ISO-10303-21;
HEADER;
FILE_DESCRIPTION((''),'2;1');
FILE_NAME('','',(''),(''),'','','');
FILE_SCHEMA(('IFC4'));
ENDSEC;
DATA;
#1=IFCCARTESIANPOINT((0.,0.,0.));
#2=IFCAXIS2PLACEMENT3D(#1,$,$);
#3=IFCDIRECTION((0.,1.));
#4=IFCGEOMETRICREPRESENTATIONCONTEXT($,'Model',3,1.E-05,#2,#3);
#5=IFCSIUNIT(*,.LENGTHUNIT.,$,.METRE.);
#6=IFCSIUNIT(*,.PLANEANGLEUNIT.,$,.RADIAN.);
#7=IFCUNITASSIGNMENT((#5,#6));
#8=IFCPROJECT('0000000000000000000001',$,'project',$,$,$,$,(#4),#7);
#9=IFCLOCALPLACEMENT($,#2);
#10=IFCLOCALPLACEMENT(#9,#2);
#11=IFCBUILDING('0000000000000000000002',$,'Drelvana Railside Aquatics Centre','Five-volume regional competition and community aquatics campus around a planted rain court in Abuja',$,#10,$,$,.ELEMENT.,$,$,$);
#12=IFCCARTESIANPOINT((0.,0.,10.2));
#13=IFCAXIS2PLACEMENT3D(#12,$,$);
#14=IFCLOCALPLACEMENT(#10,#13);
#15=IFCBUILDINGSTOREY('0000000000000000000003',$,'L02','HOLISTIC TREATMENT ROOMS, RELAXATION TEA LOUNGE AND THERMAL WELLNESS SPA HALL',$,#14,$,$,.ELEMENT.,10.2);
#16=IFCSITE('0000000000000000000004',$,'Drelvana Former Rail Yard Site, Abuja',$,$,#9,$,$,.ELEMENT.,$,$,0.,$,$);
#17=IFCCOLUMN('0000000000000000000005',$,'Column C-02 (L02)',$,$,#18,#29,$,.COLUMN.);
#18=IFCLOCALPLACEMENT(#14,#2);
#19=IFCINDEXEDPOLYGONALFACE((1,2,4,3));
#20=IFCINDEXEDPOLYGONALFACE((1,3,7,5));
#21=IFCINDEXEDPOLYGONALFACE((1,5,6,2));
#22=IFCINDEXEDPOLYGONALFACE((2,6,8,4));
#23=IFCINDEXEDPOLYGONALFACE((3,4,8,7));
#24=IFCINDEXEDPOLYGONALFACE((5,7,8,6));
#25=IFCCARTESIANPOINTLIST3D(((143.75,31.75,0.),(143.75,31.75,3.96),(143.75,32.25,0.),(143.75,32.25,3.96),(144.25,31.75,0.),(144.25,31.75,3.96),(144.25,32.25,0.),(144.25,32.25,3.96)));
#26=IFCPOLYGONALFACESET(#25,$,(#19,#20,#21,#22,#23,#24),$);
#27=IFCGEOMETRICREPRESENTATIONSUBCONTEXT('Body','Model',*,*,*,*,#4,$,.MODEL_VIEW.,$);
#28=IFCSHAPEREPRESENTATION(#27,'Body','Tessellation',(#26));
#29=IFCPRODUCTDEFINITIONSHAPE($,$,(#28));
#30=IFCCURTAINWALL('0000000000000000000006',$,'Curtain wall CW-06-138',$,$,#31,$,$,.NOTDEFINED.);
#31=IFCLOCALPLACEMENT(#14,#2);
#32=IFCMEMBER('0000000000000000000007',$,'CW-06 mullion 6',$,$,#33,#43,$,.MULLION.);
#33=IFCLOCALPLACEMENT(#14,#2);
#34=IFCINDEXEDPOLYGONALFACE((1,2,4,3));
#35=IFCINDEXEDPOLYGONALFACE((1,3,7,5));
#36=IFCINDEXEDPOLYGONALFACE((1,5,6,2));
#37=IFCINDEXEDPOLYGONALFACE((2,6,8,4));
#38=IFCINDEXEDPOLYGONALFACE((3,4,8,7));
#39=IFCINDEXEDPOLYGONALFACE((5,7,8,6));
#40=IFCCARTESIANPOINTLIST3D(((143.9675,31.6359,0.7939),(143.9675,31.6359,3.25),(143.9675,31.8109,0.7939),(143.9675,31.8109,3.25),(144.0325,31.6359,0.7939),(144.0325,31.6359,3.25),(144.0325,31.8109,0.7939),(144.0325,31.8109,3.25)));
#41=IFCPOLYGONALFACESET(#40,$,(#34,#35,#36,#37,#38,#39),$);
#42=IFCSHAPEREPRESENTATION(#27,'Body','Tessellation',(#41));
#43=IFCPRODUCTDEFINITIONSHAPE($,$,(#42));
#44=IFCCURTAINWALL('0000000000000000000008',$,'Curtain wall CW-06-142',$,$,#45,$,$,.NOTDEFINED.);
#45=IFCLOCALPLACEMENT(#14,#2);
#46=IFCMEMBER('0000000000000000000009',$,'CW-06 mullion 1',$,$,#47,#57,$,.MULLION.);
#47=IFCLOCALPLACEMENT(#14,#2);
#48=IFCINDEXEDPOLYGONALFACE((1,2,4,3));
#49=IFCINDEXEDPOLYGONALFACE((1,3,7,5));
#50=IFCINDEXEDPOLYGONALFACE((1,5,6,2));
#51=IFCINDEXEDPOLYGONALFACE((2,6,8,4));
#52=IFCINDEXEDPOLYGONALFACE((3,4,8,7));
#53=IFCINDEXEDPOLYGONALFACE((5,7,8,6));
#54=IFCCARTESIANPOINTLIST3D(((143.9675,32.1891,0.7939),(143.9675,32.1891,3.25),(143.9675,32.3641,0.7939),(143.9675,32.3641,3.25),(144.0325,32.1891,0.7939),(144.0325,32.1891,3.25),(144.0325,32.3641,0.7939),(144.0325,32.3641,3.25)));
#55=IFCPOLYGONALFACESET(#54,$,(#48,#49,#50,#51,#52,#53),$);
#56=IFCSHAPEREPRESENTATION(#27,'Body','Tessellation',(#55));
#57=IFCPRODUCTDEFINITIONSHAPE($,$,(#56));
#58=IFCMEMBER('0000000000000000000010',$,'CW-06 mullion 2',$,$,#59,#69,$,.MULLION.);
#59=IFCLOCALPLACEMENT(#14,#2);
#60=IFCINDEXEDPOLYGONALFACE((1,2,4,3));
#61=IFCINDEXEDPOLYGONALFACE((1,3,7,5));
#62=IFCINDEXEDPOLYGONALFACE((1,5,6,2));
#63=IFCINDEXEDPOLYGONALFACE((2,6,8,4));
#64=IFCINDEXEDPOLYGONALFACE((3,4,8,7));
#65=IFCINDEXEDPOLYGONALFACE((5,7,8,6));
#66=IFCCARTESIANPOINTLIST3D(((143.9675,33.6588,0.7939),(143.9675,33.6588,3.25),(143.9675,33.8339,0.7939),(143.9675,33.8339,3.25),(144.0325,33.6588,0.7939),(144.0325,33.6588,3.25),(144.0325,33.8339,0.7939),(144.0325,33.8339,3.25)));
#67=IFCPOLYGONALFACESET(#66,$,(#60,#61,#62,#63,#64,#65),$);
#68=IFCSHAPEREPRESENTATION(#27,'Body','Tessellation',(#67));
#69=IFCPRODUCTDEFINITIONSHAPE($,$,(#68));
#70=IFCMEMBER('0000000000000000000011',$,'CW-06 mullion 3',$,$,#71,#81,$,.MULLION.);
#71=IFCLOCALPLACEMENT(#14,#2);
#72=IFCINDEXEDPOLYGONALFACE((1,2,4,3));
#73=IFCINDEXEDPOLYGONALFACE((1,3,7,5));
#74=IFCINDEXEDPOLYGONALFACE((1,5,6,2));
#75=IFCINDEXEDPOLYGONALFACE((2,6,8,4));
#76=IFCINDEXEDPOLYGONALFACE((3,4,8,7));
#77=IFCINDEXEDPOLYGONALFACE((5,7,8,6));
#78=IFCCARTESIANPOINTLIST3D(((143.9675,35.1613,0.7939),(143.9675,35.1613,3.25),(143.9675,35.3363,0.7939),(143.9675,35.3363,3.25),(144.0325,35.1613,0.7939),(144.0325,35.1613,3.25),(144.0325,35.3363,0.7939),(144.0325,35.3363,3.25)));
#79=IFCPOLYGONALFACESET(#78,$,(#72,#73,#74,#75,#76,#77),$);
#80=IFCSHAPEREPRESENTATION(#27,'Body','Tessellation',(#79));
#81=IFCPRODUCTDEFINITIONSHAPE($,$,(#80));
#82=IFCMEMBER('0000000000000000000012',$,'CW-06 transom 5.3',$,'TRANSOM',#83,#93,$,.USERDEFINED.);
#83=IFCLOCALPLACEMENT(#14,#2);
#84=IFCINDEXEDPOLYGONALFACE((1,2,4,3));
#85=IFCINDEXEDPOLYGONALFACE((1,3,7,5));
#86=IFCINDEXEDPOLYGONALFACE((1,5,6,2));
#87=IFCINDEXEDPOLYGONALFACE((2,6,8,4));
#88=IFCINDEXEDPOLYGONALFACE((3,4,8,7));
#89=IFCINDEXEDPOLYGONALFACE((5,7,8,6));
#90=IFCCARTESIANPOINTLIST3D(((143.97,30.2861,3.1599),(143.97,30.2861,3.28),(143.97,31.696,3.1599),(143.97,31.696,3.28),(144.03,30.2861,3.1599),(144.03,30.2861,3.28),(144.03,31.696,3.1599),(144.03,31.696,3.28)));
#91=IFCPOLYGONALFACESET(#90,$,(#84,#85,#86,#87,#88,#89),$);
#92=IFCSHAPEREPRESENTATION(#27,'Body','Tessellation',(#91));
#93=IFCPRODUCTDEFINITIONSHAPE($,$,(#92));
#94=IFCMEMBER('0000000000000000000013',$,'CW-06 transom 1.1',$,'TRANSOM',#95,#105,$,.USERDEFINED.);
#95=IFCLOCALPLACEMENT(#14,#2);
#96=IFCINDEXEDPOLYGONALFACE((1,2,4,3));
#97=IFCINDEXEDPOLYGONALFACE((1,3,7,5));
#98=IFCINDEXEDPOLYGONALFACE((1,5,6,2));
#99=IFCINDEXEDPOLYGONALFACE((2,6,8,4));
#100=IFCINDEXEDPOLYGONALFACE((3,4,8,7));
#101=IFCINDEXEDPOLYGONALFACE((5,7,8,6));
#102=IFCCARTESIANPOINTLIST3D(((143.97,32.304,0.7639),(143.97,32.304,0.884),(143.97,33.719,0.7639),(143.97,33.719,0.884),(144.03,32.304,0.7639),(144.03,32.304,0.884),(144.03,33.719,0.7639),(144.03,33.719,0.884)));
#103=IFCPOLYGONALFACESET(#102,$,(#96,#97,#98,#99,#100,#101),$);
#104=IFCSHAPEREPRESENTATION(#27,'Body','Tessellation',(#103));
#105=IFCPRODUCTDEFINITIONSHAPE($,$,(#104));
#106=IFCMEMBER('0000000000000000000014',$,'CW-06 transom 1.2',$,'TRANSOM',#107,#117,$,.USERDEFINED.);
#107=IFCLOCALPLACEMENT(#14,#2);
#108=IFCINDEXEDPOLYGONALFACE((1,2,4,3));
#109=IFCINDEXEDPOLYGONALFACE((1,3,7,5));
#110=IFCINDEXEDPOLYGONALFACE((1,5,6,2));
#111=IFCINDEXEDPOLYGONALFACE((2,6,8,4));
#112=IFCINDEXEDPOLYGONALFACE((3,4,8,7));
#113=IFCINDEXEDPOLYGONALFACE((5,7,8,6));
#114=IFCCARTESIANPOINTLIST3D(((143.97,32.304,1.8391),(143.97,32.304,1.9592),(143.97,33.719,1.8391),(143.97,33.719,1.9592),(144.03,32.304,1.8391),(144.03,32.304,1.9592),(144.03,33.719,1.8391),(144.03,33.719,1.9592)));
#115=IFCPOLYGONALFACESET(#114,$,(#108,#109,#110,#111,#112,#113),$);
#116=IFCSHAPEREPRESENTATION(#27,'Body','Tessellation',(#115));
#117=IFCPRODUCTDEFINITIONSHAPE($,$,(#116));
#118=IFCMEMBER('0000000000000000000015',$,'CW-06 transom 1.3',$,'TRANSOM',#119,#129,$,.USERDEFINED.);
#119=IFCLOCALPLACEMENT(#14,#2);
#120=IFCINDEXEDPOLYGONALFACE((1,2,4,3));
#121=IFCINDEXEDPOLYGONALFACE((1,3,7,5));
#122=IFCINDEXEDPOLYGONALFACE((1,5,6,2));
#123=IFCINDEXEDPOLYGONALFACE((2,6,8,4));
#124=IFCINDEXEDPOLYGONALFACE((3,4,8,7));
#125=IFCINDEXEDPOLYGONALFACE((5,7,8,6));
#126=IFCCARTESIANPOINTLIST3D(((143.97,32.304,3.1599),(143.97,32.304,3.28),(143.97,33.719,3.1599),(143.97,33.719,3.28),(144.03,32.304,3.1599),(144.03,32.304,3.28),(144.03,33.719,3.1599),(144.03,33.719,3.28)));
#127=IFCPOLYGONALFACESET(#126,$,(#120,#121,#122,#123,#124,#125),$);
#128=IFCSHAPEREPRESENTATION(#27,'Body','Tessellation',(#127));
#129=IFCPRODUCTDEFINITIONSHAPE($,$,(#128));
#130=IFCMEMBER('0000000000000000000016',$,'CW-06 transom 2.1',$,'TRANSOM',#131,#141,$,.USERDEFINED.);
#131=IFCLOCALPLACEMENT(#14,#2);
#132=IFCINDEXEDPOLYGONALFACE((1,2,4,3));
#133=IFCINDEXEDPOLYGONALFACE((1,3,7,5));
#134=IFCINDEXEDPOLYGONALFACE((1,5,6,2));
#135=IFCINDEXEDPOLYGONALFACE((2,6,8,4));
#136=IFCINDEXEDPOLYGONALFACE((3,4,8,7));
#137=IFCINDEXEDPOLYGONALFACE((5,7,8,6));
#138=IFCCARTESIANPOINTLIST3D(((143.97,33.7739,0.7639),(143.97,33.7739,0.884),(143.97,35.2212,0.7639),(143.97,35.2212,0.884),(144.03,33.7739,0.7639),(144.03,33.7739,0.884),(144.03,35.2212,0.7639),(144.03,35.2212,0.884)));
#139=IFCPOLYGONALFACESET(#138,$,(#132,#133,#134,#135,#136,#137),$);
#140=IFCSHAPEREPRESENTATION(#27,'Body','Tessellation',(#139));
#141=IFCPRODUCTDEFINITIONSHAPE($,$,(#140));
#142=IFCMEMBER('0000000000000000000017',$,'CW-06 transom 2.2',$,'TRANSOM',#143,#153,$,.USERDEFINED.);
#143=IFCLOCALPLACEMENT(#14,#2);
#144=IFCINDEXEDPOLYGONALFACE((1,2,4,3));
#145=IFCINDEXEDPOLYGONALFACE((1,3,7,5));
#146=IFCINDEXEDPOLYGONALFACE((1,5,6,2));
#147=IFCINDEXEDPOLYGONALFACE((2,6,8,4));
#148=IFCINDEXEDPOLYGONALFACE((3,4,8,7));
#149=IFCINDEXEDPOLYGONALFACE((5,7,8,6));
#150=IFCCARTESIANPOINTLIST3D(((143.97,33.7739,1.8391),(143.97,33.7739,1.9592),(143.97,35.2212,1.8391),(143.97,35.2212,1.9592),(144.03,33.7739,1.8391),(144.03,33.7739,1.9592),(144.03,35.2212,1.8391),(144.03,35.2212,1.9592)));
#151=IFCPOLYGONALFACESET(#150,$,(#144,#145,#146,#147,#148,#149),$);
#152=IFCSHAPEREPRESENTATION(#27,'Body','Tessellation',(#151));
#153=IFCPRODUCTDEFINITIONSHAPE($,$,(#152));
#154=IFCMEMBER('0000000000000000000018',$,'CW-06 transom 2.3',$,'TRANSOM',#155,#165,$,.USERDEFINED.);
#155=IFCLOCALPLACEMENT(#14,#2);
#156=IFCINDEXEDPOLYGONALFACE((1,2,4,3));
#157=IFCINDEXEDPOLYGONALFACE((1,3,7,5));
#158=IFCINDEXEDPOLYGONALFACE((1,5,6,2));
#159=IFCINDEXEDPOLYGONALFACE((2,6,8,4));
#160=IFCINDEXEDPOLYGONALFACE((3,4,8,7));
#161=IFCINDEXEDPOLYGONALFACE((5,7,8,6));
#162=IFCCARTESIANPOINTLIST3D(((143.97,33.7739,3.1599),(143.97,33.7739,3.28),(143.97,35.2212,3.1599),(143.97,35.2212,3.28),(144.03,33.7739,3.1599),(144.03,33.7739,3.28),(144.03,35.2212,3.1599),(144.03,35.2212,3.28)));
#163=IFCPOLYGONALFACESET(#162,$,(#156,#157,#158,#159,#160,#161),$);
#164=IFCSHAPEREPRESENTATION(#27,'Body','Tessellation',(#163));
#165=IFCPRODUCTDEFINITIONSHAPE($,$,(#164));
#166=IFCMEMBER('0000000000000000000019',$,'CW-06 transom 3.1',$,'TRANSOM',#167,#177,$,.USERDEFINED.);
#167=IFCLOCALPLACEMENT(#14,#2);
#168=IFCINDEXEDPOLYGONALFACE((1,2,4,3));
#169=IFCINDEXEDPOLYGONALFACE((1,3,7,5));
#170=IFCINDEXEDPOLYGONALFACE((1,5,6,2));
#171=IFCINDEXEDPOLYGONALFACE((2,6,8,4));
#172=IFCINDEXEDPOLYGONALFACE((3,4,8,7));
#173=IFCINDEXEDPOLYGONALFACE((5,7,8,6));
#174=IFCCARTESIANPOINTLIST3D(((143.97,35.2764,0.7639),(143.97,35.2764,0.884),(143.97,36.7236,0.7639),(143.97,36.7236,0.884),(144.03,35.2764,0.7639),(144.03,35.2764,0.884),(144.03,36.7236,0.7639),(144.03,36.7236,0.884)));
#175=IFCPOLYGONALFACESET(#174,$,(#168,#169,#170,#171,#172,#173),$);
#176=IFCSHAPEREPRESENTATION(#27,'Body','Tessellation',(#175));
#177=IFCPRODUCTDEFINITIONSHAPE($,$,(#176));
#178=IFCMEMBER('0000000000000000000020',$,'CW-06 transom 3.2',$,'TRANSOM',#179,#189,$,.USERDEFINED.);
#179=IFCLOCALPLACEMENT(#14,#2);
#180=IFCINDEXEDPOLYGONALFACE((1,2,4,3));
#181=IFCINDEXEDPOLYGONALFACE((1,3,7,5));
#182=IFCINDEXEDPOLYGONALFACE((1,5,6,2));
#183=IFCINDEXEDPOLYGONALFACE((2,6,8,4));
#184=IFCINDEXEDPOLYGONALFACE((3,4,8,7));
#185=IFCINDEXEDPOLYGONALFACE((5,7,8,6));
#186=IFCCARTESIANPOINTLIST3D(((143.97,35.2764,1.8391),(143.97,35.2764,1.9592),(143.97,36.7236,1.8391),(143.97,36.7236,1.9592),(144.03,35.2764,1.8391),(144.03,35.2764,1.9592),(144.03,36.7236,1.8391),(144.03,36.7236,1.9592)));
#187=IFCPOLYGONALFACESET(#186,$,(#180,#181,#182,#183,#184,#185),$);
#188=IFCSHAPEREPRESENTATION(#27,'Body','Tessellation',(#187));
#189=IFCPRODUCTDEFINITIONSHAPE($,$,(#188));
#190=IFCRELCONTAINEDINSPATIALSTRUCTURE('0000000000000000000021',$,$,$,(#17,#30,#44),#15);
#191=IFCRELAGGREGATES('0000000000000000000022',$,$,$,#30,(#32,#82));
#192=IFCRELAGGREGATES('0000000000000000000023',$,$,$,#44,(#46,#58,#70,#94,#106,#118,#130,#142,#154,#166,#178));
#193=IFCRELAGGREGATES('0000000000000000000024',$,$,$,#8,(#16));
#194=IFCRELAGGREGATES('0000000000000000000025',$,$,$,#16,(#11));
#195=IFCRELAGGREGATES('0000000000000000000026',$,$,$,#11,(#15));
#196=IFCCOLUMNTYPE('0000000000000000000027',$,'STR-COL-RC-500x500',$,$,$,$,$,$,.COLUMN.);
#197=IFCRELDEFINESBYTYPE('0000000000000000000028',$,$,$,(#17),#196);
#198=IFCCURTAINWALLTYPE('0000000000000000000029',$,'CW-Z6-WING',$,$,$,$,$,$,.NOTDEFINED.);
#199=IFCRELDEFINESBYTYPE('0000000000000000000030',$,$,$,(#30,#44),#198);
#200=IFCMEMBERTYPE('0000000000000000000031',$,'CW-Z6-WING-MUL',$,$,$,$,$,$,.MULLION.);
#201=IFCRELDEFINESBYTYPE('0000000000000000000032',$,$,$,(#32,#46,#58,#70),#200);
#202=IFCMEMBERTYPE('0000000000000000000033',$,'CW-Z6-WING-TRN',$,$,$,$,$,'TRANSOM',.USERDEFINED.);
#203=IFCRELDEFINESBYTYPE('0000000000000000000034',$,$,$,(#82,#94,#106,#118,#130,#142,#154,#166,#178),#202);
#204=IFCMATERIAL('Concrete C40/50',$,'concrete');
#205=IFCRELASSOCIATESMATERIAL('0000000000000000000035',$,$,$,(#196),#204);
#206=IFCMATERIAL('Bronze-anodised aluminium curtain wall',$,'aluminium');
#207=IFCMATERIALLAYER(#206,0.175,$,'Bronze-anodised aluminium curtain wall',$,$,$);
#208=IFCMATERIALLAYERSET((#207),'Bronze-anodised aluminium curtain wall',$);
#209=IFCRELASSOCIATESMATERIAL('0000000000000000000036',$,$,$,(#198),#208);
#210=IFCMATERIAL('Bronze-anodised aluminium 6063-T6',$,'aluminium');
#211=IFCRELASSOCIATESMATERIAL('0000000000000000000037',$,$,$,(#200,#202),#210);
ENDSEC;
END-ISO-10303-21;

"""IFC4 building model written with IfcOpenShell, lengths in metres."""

from ifc_helpers import new_model, si_unit, direction, frame, origin, origin_2d, place, context, subcontext, project, spatial, rectangle, extrude, material, layer, layer_set, material_profile, profile_set, type_object, element, aggregate, save


model = new_model("IFC4")

# Units and contexts
model_context = context("Model", 3, precision=1e-05, world=origin(), true_north=direction((0.0, 1.0)))
body_context = subcontext(model_context, "Body", "Model", "MODEL_VIEW")
ifc_project = project(units=[si_unit("LENGTHUNIT", "METRE"), si_unit("PLANEANGLEUNIT", "RADIAN")], contexts=[model_context])

# Site, building, storey
site_placement = place(None, origin())
site = spatial("IfcSite", under=ifc_project, at=site_placement, Name="Drelvana Former Rail Yard Site, Abuja", CompositionType="ELEMENT", RefElevation=0.0)
building_placement = place(site_placement, origin())
building = spatial("IfcBuilding", under=site, at=building_placement, Name="Drelvana Railside Aquatics Centre", Description="Five-volume regional competition and community aquatics campus around a planted rain court in Abuja", CompositionType="ELEMENT")
storey_placement = place(building_placement, frame((0.0, 0.0, 10.2)))
storey = spatial("IfcBuildingStorey", under=building, at=storey_placement, Name="L02", Description="HOLISTIC TREATMENT ROOMS, RELAXATION TEA LOUNGE AND THERMAL WELLNESS SPA HALL", CompositionType="ELEMENT", Elevation=10.2)

# Column
ifc_material_1 = material(Name="Concrete C40/50", Category="concrete")
ifc_material_profile_1 = material_profile(ifc_material_1, rectangle(XDim=0.5, YDim=0.5, at=origin_2d()), Name="RC 500x500")
ifc_profile_set_1 = profile_set([ifc_material_profile_1], Name="Concrete C40/50")
column_type = type_object("IfcColumnType", Name="STR-COL-RC-500x500", PredefinedType="COLUMN", material=ifc_profile_set_1)
column_placement = place(storey_placement, frame((144.0, 32.0, 0.0), z_axis=(0.0, 0.0, 1.0), x_axis=(1.0, 0.0, 0.0)))
element("IfcColumn", 1, at=column_placement, inside=storey, type_object=column_type, Name="Column C-02 (L02)", PredefinedType="COLUMN", context=body_context, shape_type="SweptSolid", body=[
    extrude(rectangle(XDim=0.5, YDim=0.5, at=origin_2d()), origin(), (0.0, 0.0, 1.0), 3.96),
])

# Curtain wall, member
ifc_material_2 = material(Name="Bronze-anodised aluminium curtain wall", Category="aluminium")
ifc_layer_1 = layer(ifc_material_2, 0.175, Name="Bronze-anodised aluminium curtain wall")
ifc_layer_set_1 = layer_set([ifc_layer_1], Name="Bronze-anodised aluminium curtain wall")
curtain_wall_type = type_object("IfcCurtainWallType", Name="CW-Z6-WING", PredefinedType="NOTDEFINED", material=ifc_layer_set_1)
curtain_wall_1_placement = place(storey_placement, origin())
curtain_wall_1 = element("IfcCurtainWall", 2, at=curtain_wall_1_placement, inside=storey, type_object=curtain_wall_type, Name="Curtain wall CW-06-138", PredefinedType="NOTDEFINED")
ifc_material_3 = material(Name="Bronze-anodised aluminium 6063-T6", Category="aluminium")
ifc_material_profile_2 = material_profile(ifc_material_3, rectangle(XDim=0.0649, YDim=0.175, at=origin_2d()), Name="ALU-M 65x175")
ifc_profile_set_2 = profile_set([ifc_material_profile_2], Name="Bronze-anodised aluminium 6063-T6")
member_type_1 = type_object("IfcMemberType", Name="CW-Z6-WING-MUL", PredefinedType="MULLION", material=ifc_profile_set_2)
member_1_placement = place(storey_placement, frame((144.0, 31.7234, 0.7939), z_axis=(0.0, 0.0, 1.0), x_axis=(-1.0, 0.0, 0.0)))
member_1 = element("IfcMember", 3, at=member_1_placement, type_object=member_type_1, Name="CW-06 mullion 6", PredefinedType="MULLION", context=body_context, shape_type="SweptSolid", body=[
    extrude(rectangle(XDim=0.0649, YDim=0.175, at=origin_2d()), origin(), (0.0, 0.0, 1.0), 2.4561),
])

# Curtain wall, members
curtain_wall_2_placement = place(storey_placement, origin())
curtain_wall_2 = element("IfcCurtainWall", 4, at=curtain_wall_2_placement, inside=storey, type_object=curtain_wall_type, Name="Curtain wall CW-06-142", PredefinedType="NOTDEFINED")
member_2_placement = place(storey_placement, frame((144.0, 32.2766, 0.7939), z_axis=(0.0, 0.0, 1.0), x_axis=(-1.0, 0.0, 0.0)))
member_2 = element("IfcMember", 5, at=member_2_placement, type_object=member_type_1, Name="CW-06 mullion 1", PredefinedType="MULLION", context=body_context, shape_type="SweptSolid", body=[
    extrude(rectangle(XDim=0.0649, YDim=0.175, at=origin_2d()), origin(), (0.0, 0.0, 1.0), 2.4561),
])
member_3_placement = place(storey_placement, frame((144.0, 33.7463, 0.7939), z_axis=(0.0, 0.0, 1.0), x_axis=(-1.0, 0.0, 0.0)))
member_3 = element("IfcMember", 6, at=member_3_placement, type_object=member_type_1, Name="CW-06 mullion 2", PredefinedType="MULLION", context=body_context, shape_type="SweptSolid", body=[
    extrude(rectangle(XDim=0.0649, YDim=0.175, at=origin_2d()), origin(), (0.0, 0.0, 1.0), 2.4561),
])
member_4_placement = place(storey_placement, frame((144.0, 35.2488, 0.7939), z_axis=(0.0, 0.0, 1.0), x_axis=(-1.0, 0.0, 0.0)))
member_4 = element("IfcMember", 7, at=member_4_placement, type_object=member_type_1, Name="CW-06 mullion 3", PredefinedType="MULLION", context=body_context, shape_type="SweptSolid", body=[
    extrude(rectangle(XDim=0.0649, YDim=0.175, at=origin_2d()), origin(), (0.0, 0.0, 1.0), 2.4561),
])

# Members
ifc_material_profile_3 = material_profile(ifc_material_3, rectangle(XDim=0.1201, YDim=0.0601, at=origin_2d()), Name="ALU-T 60x120")
ifc_profile_set_3 = profile_set([ifc_material_profile_3], Name="Bronze-anodised aluminium 6063-T6")
member_type_2 = type_object("IfcMemberType", Name="CW-Z6-WING-TRN", ElementType="TRANSOM", PredefinedType="USERDEFINED", material=ifc_profile_set_3)
member_5_placement = place(storey_placement, frame((144.0, 30.2861, 3.22), z_axis=(0.0, 1.0, 0.0), x_axis=(0.0, 0.0, 1.0)))
member_5 = element("IfcMember", 8, at=member_5_placement, type_object=member_type_2, Name="CW-06 transom 5.3", ObjectType="TRANSOM", PredefinedType="USERDEFINED", context=body_context, shape_type="SweptSolid", body=[
    extrude(rectangle(XDim=0.1201, YDim=0.0601, at=origin_2d()), origin(), (0.0, 0.0, 1.0), 1.4099),
])
member_6_placement = place(storey_placement, frame((144.0, 32.304, 0.824), z_axis=(0.0, 1.0, 0.0), x_axis=(0.0, 0.0, 1.0)))
member_6 = element("IfcMember", 9, at=member_6_placement, type_object=member_type_2, Name="CW-06 transom 1.1", ObjectType="TRANSOM", PredefinedType="USERDEFINED", context=body_context, shape_type="SweptSolid", body=[
    extrude(rectangle(XDim=0.1201, YDim=0.0601, at=origin_2d()), origin(), (0.0, 0.0, 1.0), 1.415),
])
member_7_placement = place(storey_placement, frame((144.0, 32.304, 1.8992), z_axis=(0.0, 1.0, 0.0), x_axis=(0.0, 0.0, 1.0)))
member_7 = element("IfcMember", 10, at=member_7_placement, type_object=member_type_2, Name="CW-06 transom 1.2", ObjectType="TRANSOM", PredefinedType="USERDEFINED", context=body_context, shape_type="SweptSolid", body=[
    extrude(rectangle(XDim=0.1201, YDim=0.0601, at=origin_2d()), origin(), (0.0, 0.0, 1.0), 1.415),
])
member_8_placement = place(storey_placement, frame((144.0, 32.304, 3.22), z_axis=(0.0, 1.0, 0.0), x_axis=(0.0, 0.0, 1.0)))
member_8 = element("IfcMember", 11, at=member_8_placement, type_object=member_type_2, Name="CW-06 transom 1.3", ObjectType="TRANSOM", PredefinedType="USERDEFINED", context=body_context, shape_type="SweptSolid", body=[
    extrude(rectangle(XDim=0.1201, YDim=0.0601, at=origin_2d()), origin(), (0.0, 0.0, 1.0), 1.415),
])
member_9_placement = place(storey_placement, frame((144.0, 33.7739, 0.824), z_axis=(0.0, 1.0, 0.0), x_axis=(0.0, 0.0, 1.0)))
member_9 = element("IfcMember", 12, at=member_9_placement, type_object=member_type_2, Name="CW-06 transom 2.1", ObjectType="TRANSOM", PredefinedType="USERDEFINED", context=body_context, shape_type="SweptSolid", body=[
    extrude(rectangle(XDim=0.1201, YDim=0.0601, at=origin_2d()), origin(), (0.0, 0.0, 1.0), 1.4473),
])
member_10_placement = place(storey_placement, frame((144.0, 33.7739, 1.8992), z_axis=(0.0, 1.0, 0.0), x_axis=(0.0, 0.0, 1.0)))
member_10 = element("IfcMember", 13, at=member_10_placement, type_object=member_type_2, Name="CW-06 transom 2.2", ObjectType="TRANSOM", PredefinedType="USERDEFINED", context=body_context, shape_type="SweptSolid", body=[
    extrude(rectangle(XDim=0.1201, YDim=0.0601, at=origin_2d()), origin(), (0.0, 0.0, 1.0), 1.4473),
])
member_11_placement = place(storey_placement, frame((144.0, 33.7739, 3.22), z_axis=(0.0, 1.0, 0.0), x_axis=(0.0, 0.0, 1.0)))
member_11 = element("IfcMember", 14, at=member_11_placement, type_object=member_type_2, Name="CW-06 transom 2.3", ObjectType="TRANSOM", PredefinedType="USERDEFINED", context=body_context, shape_type="SweptSolid", body=[
    extrude(rectangle(XDim=0.1201, YDim=0.0601, at=origin_2d()), origin(), (0.0, 0.0, 1.0), 1.4473),
])
member_12_placement = place(storey_placement, frame((144.0, 35.2764, 0.824), z_axis=(0.0, 1.0, 0.0), x_axis=(0.0, 0.0, 1.0)))
member_12 = element("IfcMember", 15, at=member_12_placement, type_object=member_type_2, Name="CW-06 transom 3.1", ObjectType="TRANSOM", PredefinedType="USERDEFINED", context=body_context, shape_type="SweptSolid", body=[
    extrude(rectangle(XDim=0.1201, YDim=0.0601, at=origin_2d()), origin(), (0.0, 0.0, 1.0), 1.4473),
])
member_13_placement = place(storey_placement, frame((144.0, 35.2764, 1.8992), z_axis=(0.0, 1.0, 0.0), x_axis=(0.0, 0.0, 1.0)))
member_13 = element("IfcMember", 16, at=member_13_placement, type_object=member_type_2, Name="CW-06 transom 3.2", ObjectType="TRANSOM", PredefinedType="USERDEFINED", context=body_context, shape_type="SweptSolid", body=[
    extrude(rectangle(XDim=0.1201, YDim=0.0601, at=origin_2d()), origin(), (0.0, 0.0, 1.0), 1.4473),
])

aggregate(curtain_wall_1, [member_1, member_5])
aggregate(curtain_wall_2, [member_2, member_3, member_4, member_6, member_7, member_8, member_9, member_10, member_11, member_12, member_13])

save(model, "model.ifc")
